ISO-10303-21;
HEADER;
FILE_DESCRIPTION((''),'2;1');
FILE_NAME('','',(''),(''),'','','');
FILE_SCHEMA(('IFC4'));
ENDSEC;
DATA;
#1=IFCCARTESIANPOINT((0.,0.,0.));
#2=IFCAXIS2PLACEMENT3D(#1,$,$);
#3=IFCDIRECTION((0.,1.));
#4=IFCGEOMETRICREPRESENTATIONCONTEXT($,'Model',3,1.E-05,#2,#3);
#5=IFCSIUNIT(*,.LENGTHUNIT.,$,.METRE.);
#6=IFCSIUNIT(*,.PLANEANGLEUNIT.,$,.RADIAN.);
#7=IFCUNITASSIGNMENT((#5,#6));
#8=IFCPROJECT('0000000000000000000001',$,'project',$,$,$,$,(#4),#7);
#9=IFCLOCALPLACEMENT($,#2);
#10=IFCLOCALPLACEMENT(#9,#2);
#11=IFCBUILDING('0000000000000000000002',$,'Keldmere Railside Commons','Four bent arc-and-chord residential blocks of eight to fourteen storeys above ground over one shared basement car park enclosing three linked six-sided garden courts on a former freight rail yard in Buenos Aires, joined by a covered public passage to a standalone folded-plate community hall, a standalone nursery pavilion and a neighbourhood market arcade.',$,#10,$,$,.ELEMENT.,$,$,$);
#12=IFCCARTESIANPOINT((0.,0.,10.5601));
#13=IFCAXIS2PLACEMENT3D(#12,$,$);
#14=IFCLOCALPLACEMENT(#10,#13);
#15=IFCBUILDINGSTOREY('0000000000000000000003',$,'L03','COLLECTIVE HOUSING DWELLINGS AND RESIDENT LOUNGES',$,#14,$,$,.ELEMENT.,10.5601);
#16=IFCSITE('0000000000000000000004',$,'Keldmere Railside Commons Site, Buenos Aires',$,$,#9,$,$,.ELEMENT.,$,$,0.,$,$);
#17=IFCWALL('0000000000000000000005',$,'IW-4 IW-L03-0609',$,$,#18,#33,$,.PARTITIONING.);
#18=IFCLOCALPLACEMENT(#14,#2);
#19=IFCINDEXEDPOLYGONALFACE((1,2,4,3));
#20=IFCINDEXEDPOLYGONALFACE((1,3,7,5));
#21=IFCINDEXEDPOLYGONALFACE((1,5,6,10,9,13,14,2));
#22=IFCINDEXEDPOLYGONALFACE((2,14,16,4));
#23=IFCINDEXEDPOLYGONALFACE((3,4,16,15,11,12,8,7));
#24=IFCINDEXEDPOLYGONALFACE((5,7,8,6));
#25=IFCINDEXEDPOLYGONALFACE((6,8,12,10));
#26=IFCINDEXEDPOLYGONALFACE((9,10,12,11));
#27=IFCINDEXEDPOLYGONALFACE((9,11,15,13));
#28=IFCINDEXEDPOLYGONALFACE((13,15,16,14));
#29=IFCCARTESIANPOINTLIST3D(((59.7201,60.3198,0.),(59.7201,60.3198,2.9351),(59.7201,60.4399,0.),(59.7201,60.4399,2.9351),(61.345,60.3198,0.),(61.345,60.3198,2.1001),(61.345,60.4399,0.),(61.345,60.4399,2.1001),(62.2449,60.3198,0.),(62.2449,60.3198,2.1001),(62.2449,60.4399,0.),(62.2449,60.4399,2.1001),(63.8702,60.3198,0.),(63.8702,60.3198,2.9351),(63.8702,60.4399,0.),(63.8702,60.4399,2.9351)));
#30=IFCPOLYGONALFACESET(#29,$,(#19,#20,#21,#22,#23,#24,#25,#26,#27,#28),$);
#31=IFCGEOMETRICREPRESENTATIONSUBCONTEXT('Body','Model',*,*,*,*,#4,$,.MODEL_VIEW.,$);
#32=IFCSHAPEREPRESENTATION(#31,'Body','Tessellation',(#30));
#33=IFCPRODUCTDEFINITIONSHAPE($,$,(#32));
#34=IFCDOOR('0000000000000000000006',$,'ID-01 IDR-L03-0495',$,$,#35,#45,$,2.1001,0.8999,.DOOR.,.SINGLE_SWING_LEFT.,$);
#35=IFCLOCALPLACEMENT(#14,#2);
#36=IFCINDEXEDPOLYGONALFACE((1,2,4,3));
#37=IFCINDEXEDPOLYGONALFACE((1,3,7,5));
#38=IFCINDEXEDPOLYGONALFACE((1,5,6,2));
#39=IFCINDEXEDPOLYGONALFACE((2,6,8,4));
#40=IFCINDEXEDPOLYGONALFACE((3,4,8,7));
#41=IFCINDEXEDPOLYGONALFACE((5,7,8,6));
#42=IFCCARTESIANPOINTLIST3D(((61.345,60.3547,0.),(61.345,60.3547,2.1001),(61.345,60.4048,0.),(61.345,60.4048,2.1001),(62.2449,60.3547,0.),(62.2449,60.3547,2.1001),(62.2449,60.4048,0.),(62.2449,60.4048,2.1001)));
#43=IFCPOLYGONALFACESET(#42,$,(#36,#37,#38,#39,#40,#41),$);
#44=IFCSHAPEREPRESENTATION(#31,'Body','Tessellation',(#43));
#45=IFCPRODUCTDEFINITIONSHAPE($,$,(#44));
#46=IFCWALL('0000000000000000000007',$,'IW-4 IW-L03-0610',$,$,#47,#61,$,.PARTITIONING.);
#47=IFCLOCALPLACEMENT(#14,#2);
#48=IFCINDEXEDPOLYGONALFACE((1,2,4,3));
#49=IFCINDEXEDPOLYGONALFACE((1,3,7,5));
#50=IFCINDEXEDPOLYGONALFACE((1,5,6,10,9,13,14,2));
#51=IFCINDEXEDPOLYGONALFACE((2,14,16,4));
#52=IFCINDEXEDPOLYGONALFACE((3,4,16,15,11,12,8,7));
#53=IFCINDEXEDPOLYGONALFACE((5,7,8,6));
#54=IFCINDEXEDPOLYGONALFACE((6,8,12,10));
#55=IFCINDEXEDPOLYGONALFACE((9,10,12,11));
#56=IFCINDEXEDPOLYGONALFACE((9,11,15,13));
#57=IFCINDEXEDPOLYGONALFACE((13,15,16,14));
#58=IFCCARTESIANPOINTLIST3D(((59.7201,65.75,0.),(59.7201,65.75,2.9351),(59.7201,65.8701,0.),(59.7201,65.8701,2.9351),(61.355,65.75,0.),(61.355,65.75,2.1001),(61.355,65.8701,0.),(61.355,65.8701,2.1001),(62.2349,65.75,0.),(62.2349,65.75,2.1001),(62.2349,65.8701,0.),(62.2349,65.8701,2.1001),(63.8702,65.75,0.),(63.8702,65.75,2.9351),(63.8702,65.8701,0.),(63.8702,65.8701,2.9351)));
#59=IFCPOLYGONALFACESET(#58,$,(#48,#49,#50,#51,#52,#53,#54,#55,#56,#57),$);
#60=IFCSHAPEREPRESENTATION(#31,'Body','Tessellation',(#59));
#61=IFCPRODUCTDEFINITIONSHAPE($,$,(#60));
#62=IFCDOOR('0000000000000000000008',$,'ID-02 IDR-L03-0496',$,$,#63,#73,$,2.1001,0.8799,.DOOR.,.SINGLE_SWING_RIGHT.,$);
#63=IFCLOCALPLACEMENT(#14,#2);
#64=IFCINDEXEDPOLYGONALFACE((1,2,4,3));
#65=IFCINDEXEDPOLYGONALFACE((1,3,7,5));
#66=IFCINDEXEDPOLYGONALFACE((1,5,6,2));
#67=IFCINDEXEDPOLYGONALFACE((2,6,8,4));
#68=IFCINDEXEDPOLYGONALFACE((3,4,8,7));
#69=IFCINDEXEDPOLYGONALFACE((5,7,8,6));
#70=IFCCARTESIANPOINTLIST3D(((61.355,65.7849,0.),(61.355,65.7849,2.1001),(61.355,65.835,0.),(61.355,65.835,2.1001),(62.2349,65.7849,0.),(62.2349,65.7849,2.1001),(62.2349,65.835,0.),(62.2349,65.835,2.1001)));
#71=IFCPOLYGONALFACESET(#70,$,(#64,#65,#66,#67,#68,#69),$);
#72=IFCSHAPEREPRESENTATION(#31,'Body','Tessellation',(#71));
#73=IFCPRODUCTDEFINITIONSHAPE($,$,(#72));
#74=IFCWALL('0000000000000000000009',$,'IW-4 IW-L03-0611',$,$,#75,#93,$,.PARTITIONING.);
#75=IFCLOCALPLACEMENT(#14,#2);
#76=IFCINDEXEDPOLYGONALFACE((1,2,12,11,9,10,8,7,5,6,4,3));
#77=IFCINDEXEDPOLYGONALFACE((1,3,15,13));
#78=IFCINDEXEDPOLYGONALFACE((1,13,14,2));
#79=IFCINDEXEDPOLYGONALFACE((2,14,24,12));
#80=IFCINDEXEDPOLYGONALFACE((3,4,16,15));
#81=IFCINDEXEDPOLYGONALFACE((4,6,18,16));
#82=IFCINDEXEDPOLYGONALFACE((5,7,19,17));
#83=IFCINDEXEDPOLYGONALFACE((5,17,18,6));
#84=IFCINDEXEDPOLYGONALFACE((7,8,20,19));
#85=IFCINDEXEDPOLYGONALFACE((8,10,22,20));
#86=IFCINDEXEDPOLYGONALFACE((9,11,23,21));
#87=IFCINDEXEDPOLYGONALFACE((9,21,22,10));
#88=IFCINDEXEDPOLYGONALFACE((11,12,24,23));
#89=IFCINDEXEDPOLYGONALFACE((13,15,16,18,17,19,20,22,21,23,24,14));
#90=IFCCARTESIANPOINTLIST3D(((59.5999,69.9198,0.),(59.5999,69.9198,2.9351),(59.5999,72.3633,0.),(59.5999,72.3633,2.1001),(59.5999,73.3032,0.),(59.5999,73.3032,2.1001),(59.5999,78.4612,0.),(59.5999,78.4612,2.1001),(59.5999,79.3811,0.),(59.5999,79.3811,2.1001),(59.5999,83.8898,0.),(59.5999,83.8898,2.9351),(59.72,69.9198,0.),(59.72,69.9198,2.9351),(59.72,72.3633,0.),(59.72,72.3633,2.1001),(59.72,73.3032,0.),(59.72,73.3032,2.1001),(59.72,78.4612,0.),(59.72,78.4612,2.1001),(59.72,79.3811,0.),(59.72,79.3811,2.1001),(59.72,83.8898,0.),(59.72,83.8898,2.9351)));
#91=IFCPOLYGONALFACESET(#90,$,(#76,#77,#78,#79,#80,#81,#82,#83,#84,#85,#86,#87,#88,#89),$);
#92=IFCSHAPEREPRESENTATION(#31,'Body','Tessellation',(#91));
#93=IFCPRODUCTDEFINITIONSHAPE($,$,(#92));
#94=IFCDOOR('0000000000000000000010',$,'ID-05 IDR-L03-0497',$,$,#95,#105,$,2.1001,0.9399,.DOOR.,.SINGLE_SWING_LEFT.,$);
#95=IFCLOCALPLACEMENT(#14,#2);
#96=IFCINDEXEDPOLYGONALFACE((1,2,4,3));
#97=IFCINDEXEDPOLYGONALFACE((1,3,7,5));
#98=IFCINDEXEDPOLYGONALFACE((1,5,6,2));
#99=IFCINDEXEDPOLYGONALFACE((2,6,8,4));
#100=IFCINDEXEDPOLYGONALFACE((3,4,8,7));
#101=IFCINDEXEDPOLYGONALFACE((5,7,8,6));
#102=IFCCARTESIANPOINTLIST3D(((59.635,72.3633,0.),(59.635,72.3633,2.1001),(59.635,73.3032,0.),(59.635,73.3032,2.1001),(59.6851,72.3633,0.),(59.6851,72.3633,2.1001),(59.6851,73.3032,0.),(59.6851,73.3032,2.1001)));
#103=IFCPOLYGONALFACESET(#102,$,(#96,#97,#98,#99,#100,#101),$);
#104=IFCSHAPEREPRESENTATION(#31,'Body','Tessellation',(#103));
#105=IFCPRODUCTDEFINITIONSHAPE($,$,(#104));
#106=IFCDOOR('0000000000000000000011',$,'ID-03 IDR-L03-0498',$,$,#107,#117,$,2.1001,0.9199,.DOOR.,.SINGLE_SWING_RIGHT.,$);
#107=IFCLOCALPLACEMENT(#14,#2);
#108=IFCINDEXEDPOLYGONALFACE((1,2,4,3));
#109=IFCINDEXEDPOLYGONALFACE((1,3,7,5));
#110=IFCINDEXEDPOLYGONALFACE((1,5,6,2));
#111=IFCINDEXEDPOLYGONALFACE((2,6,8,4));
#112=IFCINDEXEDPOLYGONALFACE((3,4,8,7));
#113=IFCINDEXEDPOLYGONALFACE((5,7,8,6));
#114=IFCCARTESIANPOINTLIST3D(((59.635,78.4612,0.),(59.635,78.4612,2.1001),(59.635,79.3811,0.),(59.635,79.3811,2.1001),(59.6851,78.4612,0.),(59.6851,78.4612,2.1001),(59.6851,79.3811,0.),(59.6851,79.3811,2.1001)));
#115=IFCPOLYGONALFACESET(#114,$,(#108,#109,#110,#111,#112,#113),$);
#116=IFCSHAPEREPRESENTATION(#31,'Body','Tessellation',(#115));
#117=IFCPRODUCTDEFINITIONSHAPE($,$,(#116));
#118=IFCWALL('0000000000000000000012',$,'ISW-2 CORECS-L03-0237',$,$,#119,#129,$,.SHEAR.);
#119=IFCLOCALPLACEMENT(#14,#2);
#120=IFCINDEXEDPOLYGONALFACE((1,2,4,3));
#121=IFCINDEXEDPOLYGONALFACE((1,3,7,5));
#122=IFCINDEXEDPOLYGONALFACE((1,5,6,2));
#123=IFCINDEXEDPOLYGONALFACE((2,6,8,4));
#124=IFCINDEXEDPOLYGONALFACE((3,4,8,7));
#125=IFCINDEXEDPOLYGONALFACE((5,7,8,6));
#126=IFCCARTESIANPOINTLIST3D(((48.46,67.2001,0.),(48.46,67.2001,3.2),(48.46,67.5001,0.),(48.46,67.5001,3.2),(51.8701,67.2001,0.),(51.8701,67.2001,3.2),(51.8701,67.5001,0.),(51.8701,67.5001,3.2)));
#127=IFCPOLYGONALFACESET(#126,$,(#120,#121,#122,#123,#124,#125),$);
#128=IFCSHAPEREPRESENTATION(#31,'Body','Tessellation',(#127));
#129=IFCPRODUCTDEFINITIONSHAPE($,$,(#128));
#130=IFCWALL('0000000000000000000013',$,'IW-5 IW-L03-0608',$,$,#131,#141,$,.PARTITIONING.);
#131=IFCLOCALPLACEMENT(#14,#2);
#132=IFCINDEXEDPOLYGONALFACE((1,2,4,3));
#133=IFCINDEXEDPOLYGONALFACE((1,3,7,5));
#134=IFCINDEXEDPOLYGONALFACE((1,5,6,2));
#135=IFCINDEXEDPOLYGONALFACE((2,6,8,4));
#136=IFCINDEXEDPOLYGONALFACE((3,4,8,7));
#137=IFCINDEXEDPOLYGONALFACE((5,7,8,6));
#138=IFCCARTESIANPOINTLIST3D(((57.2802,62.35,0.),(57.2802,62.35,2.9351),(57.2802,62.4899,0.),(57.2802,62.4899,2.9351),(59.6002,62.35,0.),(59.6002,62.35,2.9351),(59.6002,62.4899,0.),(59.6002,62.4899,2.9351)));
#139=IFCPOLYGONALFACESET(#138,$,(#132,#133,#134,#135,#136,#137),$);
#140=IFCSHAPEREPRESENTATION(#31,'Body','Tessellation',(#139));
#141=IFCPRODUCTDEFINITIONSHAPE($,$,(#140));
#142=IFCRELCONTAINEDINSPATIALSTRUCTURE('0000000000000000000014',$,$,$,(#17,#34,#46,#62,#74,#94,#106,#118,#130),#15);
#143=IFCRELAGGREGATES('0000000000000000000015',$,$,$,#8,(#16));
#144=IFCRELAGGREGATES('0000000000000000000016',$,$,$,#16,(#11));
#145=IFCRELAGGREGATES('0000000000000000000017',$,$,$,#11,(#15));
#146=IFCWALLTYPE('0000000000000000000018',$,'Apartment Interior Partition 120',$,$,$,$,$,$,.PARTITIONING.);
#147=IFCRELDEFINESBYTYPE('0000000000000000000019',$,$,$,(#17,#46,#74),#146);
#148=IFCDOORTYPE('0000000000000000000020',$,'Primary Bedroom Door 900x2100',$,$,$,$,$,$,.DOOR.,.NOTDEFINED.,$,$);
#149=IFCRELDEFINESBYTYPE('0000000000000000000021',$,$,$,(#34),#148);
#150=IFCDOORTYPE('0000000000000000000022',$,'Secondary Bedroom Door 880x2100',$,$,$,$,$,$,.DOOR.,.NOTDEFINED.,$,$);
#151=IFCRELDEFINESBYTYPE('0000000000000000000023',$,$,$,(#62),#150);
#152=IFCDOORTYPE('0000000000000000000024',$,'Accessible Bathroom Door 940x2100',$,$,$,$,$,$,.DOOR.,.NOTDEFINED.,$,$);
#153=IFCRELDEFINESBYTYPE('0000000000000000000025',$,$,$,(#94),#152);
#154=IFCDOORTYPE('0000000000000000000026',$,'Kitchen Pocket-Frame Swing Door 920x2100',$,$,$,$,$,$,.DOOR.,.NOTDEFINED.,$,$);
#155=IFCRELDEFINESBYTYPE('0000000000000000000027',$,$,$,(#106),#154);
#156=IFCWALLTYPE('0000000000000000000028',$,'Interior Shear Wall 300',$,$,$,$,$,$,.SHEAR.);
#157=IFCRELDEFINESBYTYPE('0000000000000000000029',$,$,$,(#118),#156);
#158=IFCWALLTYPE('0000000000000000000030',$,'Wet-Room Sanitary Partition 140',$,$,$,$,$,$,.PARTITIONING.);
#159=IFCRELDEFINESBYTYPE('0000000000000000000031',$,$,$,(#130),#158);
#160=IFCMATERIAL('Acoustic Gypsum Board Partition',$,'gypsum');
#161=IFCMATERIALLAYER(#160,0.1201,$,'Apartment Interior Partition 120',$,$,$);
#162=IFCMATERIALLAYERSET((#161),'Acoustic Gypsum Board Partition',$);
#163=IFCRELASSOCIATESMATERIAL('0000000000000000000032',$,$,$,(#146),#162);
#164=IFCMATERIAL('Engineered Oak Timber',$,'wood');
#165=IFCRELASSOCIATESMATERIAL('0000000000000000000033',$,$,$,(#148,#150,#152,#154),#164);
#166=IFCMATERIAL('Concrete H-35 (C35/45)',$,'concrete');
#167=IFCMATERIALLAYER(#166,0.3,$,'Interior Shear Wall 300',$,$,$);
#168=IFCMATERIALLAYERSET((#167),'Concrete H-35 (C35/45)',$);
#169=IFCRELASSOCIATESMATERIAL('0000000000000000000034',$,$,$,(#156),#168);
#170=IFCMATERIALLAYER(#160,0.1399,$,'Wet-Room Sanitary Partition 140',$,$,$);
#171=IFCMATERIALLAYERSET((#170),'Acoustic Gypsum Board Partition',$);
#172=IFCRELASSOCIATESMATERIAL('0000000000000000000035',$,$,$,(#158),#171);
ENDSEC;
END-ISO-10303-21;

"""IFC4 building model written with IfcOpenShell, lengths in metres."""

from ifc_helpers import new_model, si_unit, direction, frame, frame_2d, origin, place, context, subcontext, project, spatial, rectangle, extrude, material, layer, layer_set, type_object, element, fill, save


model = new_model("IFC4")

# Units and contexts
model_context = context("Model", 3, precision=1e-05, world=origin(), true_north=direction((0.0, 1.0)))
body_context = subcontext(model_context, "Body", "Model", "MODEL_VIEW")
ifc_project = project(units=[si_unit("LENGTHUNIT", "METRE"), si_unit("PLANEANGLEUNIT", "RADIAN")], contexts=[model_context])

# Site, building, storey
site_placement = place(None, origin())
site = spatial("IfcSite", under=ifc_project, at=site_placement, Name="Keldmere Railside Commons Site, Buenos Aires", CompositionType="ELEMENT", RefElevation=0.0)
building_placement = place(site_placement, origin())
building = spatial("IfcBuilding", under=site, at=building_placement, Name="Keldmere Railside Commons", Description="Four bent arc-and-chord residential blocks of eight to fourteen storeys above ground over one shared basement car park enclosing three linked six-sided garden courts on a former freight rail yard in Buenos Aires, joined by a covered public passage to a standalone folded-plate community hall, a standalone nursery pavilion and a neighbourhood market arcade.", CompositionType="ELEMENT")
storey_placement = place(building_placement, frame((0.0, 0.0, 10.5601)))
storey = spatial("IfcBuildingStorey", under=building, at=storey_placement, Name="L03", Description="COLLECTIVE HOUSING DWELLINGS AND RESIDENT LOUNGES", CompositionType="ELEMENT", Elevation=10.5601)

# Shared definitions
ifc_material_1 = material(Name="Concrete H-35 (C35/45)", Category="concrete")

# Shared definitions
ifc_material_2 = material(Name="Acoustic Gypsum Board Partition", Category="gypsum")

# Walls, openings, doors
ifc_layer_1 = layer(ifc_material_2, 0.1201, Name="Apartment Interior Partition 120")
ifc_layer_set_1 = layer_set([ifc_layer_1], Name="Acoustic Gypsum Board Partition")
wall_type_1 = type_object("IfcWallType", Name="Apartment Interior Partition 120", PredefinedType="PARTITIONING", material=ifc_layer_set_1)
wall_1_placement = place(storey_placement, frame((59.72, 60.3799, 0.0), z_axis=(0.0, 0.0, 1.0), x_axis=(1.0, 0.0, 0.0)))
wall_1 = element("IfcWall", 1, at=wall_1_placement, inside=storey, type_object=wall_type_1, Name="IW-4 IW-L03-0609", PredefinedType="PARTITIONING", context=body_context, shape_type="SweptSolid", body=[
    extrude(rectangle(XDim=4.1501, YDim=0.1201, at=frame_2d((2.0752, 0.0))), origin(), (0.0, 0.0, 1.0), 2.9351),
])
opening_1_placement = place(wall_1_placement, frame((1.625, 0.0, 0.0)))
opening_1 = element("IfcOpeningElement", 2, at=opening_1_placement, cuts=wall_1, PredefinedType="OPENING", context=body_context, shape_type="SweptSolid", body=[
    extrude(rectangle(XDim=0.8999, YDim=2.1001, at=frame_2d((0.45, 1.05))), frame((0.0, 0.0701, 0.0), z_axis=(0.0, -1.0, 0.0), x_axis=(1.0, 0.0, 0.0)), (0.0, 0.0, 1.0), 0.1401),
])
ifc_material_3 = material(Name="Engineered Oak Timber", Category="wood")
door_type_1 = type_object("IfcDoorType", Name="Primary Bedroom Door 900x2100", OperationType="NOTDEFINED", PredefinedType="DOOR", material=ifc_material_3)
door_1_placement = place(opening_1_placement, origin())
door_1 = element("IfcDoor", 3, at=door_1_placement, inside=storey, type_object=door_type_1, Name="ID-01 IDR-L03-0495", OperationType="SINGLE_SWING_LEFT", OverallHeight=2.1001, OverallWidth=0.8999, PredefinedType="DOOR", context=body_context, shape_type="SweptSolid", body=[
    extrude(rectangle(XDim=0.8999, YDim=2.1001, at=frame_2d((0.45, 1.05))), frame((0.0, 0.0249, 0.0), z_axis=(0.0, -1.0, 0.0), x_axis=(1.0, 0.0, 0.0)), (0.0, 0.0, 1.0), 0.05),
])
fill(opening_1, door_1)
wall_2_placement = place(storey_placement, frame((59.72, 65.8101, 0.0), z_axis=(0.0, 0.0, 1.0), x_axis=(1.0, 0.0, 0.0)))
wall_2 = element("IfcWall", 4, at=wall_2_placement, inside=storey, type_object=wall_type_1, Name="IW-4 IW-L03-0610", PredefinedType="PARTITIONING", context=body_context, shape_type="SweptSolid", body=[
    extrude(rectangle(XDim=4.1501, YDim=0.1201, at=frame_2d((2.0752, 0.0))), origin(), (0.0, 0.0, 1.0), 2.9351),
])
opening_2_placement = place(wall_2_placement, frame((1.635, 0.0, 0.0)))
opening_2 = element("IfcOpeningElement", 5, at=opening_2_placement, cuts=wall_2, PredefinedType="OPENING", context=body_context, shape_type="SweptSolid", body=[
    extrude(rectangle(XDim=0.8799, YDim=2.1001, at=frame_2d((0.4399, 1.05))), frame((0.0, 0.0701, 0.0), z_axis=(0.0, -1.0, 0.0), x_axis=(1.0, 0.0, 0.0)), (0.0, 0.0, 1.0), 0.1401),
])
door_type_2 = type_object("IfcDoorType", Name="Secondary Bedroom Door 880x2100", OperationType="NOTDEFINED", PredefinedType="DOOR", material=ifc_material_3)
door_2_placement = place(opening_2_placement, origin())
door_2 = element("IfcDoor", 6, at=door_2_placement, inside=storey, type_object=door_type_2, Name="ID-02 IDR-L03-0496", OperationType="SINGLE_SWING_RIGHT", OverallHeight=2.1001, OverallWidth=0.8799, PredefinedType="DOOR", context=body_context, shape_type="SweptSolid", body=[
    extrude(rectangle(XDim=0.8799, YDim=2.1001, at=frame_2d((0.4399, 1.05))), frame((0.0, 0.0249, 0.0), z_axis=(0.0, -1.0, 0.0), x_axis=(1.0, 0.0, 0.0)), (0.0, 0.0, 1.0), 0.05),
])
fill(opening_2, door_2)

# Wall, openings, doors
wall_3_placement = place(storey_placement, frame((59.6599, 69.9199, 0.0), z_axis=(0.0, 0.0, 1.0), x_axis=(0.0, 1.0, 0.0)))
wall_3 = element("IfcWall", 7, at=wall_3_placement, inside=storey, type_object=wall_type_1, Name="IW-4 IW-L03-0611", PredefinedType="PARTITIONING", context=body_context, shape_type="SweptSolid", body=[
    extrude(rectangle(XDim=13.97, YDim=0.1201, at=frame_2d((6.9849, 0.0))), origin(), (0.0, 0.0, 1.0), 2.9351),
])
opening_3_placement = place(wall_3_placement, frame((2.4434, 0.0, 0.0)))
opening_3 = element("IfcOpeningElement", 8, at=opening_3_placement, cuts=wall_3, PredefinedType="OPENING", context=body_context, shape_type="SweptSolid", body=[
    extrude(rectangle(XDim=0.9399, YDim=2.1001, at=frame_2d((0.47, 1.05))), frame((0.0, 0.0701, 0.0), z_axis=(0.0, -1.0, 0.0), x_axis=(1.0, 0.0, 0.0)), (0.0, 0.0, 1.0), 0.1401),
])
opening_4_placement = place(wall_3_placement, frame((8.5413, 0.0, 0.0)))
opening_4 = element("IfcOpeningElement", 9, at=opening_4_placement, cuts=wall_3, PredefinedType="OPENING", context=body_context, shape_type="SweptSolid", body=[
    extrude(rectangle(XDim=0.9199, YDim=2.1001, at=frame_2d((0.46, 1.05))), frame((0.0, 0.0701, 0.0), z_axis=(0.0, -1.0, 0.0), x_axis=(1.0, 0.0, 0.0)), (0.0, 0.0, 1.0), 0.1401),
])
door_type_3 = type_object("IfcDoorType", Name="Accessible Bathroom Door 940x2100", OperationType="NOTDEFINED", PredefinedType="DOOR", material=ifc_material_3)
door_3_placement = place(opening_3_placement, origin())
door_3 = element("IfcDoor", 10, at=door_3_placement, inside=storey, type_object=door_type_3, Name="ID-05 IDR-L03-0497", OperationType="SINGLE_SWING_LEFT", OverallHeight=2.1001, OverallWidth=0.9399, PredefinedType="DOOR", context=body_context, shape_type="SweptSolid", body=[
    extrude(rectangle(XDim=0.9399, YDim=2.1001, at=frame_2d((0.47, 1.05))), frame((0.0, 0.0249, 0.0), z_axis=(0.0, -1.0, 0.0), x_axis=(1.0, 0.0, 0.0)), (0.0, 0.0, 1.0), 0.05),
])
fill(opening_3, door_3)
door_type_4 = type_object("IfcDoorType", Name="Kitchen Pocket-Frame Swing Door 920x2100", OperationType="NOTDEFINED", PredefinedType="DOOR", material=ifc_material_3)
door_4_placement = place(opening_4_placement, origin())
door_4 = element("IfcDoor", 11, at=door_4_placement, inside=storey, type_object=door_type_4, Name="ID-03 IDR-L03-0498", OperationType="SINGLE_SWING_RIGHT", OverallHeight=2.1001, OverallWidth=0.9199, PredefinedType="DOOR", context=body_context, shape_type="SweptSolid", body=[
    extrude(rectangle(XDim=0.9199, YDim=2.1001, at=frame_2d((0.46, 1.05))), frame((0.0, 0.0249, 0.0), z_axis=(0.0, -1.0, 0.0), x_axis=(1.0, 0.0, 0.0)), (0.0, 0.0, 1.0), 0.05),
])
fill(opening_4, door_4)

# Walls
ifc_layer_2 = layer(ifc_material_1, 0.3, Name="Interior Shear Wall 300")
ifc_layer_set_2 = layer_set([ifc_layer_2], Name="Concrete H-35 (C35/45)")
wall_type_2 = type_object("IfcWallType", Name="Interior Shear Wall 300", PredefinedType="SHEAR", material=ifc_layer_set_2)
wall_4_placement = place(storey_placement, frame((51.8701, 67.3501, 0.0), z_axis=(0.0, 0.0, 1.0), x_axis=(-1.0, 0.0, 0.0)))
element("IfcWall", 12, at=wall_4_placement, inside=storey, type_object=wall_type_2, Name="ISW-2 CORECS-L03-0237", PredefinedType="SHEAR", context=body_context, shape_type="SweptSolid", body=[
    extrude(rectangle(XDim=3.4102, YDim=0.3, at=frame_2d((1.7051, 0.0))), origin(), (0.0, 0.0, 1.0), 3.2),
])
ifc_layer_3 = layer(ifc_material_2, 0.1399, Name="Wet-Room Sanitary Partition 140")
ifc_layer_set_3 = layer_set([ifc_layer_3], Name="Acoustic Gypsum Board Partition")
wall_type_3 = type_object("IfcWallType", Name="Wet-Room Sanitary Partition 140", PredefinedType="PARTITIONING", material=ifc_layer_set_3)
wall_5_placement = place(storey_placement, frame((57.28, 62.4199, 0.0), z_axis=(0.0, 0.0, 1.0), x_axis=(1.0, 0.0, 0.0)))
element("IfcWall", 13, at=wall_5_placement, inside=storey, type_object=wall_type_3, Name="IW-5 IW-L03-0608", PredefinedType="PARTITIONING", context=body_context, shape_type="SweptSolid", body=[
    extrude(rectangle(XDim=2.3201, YDim=0.1399, at=frame_2d((1.1602, 0.0))), origin(), (0.0, 0.0, 1.0), 2.9351),
])

save(model, "model.ifc")
